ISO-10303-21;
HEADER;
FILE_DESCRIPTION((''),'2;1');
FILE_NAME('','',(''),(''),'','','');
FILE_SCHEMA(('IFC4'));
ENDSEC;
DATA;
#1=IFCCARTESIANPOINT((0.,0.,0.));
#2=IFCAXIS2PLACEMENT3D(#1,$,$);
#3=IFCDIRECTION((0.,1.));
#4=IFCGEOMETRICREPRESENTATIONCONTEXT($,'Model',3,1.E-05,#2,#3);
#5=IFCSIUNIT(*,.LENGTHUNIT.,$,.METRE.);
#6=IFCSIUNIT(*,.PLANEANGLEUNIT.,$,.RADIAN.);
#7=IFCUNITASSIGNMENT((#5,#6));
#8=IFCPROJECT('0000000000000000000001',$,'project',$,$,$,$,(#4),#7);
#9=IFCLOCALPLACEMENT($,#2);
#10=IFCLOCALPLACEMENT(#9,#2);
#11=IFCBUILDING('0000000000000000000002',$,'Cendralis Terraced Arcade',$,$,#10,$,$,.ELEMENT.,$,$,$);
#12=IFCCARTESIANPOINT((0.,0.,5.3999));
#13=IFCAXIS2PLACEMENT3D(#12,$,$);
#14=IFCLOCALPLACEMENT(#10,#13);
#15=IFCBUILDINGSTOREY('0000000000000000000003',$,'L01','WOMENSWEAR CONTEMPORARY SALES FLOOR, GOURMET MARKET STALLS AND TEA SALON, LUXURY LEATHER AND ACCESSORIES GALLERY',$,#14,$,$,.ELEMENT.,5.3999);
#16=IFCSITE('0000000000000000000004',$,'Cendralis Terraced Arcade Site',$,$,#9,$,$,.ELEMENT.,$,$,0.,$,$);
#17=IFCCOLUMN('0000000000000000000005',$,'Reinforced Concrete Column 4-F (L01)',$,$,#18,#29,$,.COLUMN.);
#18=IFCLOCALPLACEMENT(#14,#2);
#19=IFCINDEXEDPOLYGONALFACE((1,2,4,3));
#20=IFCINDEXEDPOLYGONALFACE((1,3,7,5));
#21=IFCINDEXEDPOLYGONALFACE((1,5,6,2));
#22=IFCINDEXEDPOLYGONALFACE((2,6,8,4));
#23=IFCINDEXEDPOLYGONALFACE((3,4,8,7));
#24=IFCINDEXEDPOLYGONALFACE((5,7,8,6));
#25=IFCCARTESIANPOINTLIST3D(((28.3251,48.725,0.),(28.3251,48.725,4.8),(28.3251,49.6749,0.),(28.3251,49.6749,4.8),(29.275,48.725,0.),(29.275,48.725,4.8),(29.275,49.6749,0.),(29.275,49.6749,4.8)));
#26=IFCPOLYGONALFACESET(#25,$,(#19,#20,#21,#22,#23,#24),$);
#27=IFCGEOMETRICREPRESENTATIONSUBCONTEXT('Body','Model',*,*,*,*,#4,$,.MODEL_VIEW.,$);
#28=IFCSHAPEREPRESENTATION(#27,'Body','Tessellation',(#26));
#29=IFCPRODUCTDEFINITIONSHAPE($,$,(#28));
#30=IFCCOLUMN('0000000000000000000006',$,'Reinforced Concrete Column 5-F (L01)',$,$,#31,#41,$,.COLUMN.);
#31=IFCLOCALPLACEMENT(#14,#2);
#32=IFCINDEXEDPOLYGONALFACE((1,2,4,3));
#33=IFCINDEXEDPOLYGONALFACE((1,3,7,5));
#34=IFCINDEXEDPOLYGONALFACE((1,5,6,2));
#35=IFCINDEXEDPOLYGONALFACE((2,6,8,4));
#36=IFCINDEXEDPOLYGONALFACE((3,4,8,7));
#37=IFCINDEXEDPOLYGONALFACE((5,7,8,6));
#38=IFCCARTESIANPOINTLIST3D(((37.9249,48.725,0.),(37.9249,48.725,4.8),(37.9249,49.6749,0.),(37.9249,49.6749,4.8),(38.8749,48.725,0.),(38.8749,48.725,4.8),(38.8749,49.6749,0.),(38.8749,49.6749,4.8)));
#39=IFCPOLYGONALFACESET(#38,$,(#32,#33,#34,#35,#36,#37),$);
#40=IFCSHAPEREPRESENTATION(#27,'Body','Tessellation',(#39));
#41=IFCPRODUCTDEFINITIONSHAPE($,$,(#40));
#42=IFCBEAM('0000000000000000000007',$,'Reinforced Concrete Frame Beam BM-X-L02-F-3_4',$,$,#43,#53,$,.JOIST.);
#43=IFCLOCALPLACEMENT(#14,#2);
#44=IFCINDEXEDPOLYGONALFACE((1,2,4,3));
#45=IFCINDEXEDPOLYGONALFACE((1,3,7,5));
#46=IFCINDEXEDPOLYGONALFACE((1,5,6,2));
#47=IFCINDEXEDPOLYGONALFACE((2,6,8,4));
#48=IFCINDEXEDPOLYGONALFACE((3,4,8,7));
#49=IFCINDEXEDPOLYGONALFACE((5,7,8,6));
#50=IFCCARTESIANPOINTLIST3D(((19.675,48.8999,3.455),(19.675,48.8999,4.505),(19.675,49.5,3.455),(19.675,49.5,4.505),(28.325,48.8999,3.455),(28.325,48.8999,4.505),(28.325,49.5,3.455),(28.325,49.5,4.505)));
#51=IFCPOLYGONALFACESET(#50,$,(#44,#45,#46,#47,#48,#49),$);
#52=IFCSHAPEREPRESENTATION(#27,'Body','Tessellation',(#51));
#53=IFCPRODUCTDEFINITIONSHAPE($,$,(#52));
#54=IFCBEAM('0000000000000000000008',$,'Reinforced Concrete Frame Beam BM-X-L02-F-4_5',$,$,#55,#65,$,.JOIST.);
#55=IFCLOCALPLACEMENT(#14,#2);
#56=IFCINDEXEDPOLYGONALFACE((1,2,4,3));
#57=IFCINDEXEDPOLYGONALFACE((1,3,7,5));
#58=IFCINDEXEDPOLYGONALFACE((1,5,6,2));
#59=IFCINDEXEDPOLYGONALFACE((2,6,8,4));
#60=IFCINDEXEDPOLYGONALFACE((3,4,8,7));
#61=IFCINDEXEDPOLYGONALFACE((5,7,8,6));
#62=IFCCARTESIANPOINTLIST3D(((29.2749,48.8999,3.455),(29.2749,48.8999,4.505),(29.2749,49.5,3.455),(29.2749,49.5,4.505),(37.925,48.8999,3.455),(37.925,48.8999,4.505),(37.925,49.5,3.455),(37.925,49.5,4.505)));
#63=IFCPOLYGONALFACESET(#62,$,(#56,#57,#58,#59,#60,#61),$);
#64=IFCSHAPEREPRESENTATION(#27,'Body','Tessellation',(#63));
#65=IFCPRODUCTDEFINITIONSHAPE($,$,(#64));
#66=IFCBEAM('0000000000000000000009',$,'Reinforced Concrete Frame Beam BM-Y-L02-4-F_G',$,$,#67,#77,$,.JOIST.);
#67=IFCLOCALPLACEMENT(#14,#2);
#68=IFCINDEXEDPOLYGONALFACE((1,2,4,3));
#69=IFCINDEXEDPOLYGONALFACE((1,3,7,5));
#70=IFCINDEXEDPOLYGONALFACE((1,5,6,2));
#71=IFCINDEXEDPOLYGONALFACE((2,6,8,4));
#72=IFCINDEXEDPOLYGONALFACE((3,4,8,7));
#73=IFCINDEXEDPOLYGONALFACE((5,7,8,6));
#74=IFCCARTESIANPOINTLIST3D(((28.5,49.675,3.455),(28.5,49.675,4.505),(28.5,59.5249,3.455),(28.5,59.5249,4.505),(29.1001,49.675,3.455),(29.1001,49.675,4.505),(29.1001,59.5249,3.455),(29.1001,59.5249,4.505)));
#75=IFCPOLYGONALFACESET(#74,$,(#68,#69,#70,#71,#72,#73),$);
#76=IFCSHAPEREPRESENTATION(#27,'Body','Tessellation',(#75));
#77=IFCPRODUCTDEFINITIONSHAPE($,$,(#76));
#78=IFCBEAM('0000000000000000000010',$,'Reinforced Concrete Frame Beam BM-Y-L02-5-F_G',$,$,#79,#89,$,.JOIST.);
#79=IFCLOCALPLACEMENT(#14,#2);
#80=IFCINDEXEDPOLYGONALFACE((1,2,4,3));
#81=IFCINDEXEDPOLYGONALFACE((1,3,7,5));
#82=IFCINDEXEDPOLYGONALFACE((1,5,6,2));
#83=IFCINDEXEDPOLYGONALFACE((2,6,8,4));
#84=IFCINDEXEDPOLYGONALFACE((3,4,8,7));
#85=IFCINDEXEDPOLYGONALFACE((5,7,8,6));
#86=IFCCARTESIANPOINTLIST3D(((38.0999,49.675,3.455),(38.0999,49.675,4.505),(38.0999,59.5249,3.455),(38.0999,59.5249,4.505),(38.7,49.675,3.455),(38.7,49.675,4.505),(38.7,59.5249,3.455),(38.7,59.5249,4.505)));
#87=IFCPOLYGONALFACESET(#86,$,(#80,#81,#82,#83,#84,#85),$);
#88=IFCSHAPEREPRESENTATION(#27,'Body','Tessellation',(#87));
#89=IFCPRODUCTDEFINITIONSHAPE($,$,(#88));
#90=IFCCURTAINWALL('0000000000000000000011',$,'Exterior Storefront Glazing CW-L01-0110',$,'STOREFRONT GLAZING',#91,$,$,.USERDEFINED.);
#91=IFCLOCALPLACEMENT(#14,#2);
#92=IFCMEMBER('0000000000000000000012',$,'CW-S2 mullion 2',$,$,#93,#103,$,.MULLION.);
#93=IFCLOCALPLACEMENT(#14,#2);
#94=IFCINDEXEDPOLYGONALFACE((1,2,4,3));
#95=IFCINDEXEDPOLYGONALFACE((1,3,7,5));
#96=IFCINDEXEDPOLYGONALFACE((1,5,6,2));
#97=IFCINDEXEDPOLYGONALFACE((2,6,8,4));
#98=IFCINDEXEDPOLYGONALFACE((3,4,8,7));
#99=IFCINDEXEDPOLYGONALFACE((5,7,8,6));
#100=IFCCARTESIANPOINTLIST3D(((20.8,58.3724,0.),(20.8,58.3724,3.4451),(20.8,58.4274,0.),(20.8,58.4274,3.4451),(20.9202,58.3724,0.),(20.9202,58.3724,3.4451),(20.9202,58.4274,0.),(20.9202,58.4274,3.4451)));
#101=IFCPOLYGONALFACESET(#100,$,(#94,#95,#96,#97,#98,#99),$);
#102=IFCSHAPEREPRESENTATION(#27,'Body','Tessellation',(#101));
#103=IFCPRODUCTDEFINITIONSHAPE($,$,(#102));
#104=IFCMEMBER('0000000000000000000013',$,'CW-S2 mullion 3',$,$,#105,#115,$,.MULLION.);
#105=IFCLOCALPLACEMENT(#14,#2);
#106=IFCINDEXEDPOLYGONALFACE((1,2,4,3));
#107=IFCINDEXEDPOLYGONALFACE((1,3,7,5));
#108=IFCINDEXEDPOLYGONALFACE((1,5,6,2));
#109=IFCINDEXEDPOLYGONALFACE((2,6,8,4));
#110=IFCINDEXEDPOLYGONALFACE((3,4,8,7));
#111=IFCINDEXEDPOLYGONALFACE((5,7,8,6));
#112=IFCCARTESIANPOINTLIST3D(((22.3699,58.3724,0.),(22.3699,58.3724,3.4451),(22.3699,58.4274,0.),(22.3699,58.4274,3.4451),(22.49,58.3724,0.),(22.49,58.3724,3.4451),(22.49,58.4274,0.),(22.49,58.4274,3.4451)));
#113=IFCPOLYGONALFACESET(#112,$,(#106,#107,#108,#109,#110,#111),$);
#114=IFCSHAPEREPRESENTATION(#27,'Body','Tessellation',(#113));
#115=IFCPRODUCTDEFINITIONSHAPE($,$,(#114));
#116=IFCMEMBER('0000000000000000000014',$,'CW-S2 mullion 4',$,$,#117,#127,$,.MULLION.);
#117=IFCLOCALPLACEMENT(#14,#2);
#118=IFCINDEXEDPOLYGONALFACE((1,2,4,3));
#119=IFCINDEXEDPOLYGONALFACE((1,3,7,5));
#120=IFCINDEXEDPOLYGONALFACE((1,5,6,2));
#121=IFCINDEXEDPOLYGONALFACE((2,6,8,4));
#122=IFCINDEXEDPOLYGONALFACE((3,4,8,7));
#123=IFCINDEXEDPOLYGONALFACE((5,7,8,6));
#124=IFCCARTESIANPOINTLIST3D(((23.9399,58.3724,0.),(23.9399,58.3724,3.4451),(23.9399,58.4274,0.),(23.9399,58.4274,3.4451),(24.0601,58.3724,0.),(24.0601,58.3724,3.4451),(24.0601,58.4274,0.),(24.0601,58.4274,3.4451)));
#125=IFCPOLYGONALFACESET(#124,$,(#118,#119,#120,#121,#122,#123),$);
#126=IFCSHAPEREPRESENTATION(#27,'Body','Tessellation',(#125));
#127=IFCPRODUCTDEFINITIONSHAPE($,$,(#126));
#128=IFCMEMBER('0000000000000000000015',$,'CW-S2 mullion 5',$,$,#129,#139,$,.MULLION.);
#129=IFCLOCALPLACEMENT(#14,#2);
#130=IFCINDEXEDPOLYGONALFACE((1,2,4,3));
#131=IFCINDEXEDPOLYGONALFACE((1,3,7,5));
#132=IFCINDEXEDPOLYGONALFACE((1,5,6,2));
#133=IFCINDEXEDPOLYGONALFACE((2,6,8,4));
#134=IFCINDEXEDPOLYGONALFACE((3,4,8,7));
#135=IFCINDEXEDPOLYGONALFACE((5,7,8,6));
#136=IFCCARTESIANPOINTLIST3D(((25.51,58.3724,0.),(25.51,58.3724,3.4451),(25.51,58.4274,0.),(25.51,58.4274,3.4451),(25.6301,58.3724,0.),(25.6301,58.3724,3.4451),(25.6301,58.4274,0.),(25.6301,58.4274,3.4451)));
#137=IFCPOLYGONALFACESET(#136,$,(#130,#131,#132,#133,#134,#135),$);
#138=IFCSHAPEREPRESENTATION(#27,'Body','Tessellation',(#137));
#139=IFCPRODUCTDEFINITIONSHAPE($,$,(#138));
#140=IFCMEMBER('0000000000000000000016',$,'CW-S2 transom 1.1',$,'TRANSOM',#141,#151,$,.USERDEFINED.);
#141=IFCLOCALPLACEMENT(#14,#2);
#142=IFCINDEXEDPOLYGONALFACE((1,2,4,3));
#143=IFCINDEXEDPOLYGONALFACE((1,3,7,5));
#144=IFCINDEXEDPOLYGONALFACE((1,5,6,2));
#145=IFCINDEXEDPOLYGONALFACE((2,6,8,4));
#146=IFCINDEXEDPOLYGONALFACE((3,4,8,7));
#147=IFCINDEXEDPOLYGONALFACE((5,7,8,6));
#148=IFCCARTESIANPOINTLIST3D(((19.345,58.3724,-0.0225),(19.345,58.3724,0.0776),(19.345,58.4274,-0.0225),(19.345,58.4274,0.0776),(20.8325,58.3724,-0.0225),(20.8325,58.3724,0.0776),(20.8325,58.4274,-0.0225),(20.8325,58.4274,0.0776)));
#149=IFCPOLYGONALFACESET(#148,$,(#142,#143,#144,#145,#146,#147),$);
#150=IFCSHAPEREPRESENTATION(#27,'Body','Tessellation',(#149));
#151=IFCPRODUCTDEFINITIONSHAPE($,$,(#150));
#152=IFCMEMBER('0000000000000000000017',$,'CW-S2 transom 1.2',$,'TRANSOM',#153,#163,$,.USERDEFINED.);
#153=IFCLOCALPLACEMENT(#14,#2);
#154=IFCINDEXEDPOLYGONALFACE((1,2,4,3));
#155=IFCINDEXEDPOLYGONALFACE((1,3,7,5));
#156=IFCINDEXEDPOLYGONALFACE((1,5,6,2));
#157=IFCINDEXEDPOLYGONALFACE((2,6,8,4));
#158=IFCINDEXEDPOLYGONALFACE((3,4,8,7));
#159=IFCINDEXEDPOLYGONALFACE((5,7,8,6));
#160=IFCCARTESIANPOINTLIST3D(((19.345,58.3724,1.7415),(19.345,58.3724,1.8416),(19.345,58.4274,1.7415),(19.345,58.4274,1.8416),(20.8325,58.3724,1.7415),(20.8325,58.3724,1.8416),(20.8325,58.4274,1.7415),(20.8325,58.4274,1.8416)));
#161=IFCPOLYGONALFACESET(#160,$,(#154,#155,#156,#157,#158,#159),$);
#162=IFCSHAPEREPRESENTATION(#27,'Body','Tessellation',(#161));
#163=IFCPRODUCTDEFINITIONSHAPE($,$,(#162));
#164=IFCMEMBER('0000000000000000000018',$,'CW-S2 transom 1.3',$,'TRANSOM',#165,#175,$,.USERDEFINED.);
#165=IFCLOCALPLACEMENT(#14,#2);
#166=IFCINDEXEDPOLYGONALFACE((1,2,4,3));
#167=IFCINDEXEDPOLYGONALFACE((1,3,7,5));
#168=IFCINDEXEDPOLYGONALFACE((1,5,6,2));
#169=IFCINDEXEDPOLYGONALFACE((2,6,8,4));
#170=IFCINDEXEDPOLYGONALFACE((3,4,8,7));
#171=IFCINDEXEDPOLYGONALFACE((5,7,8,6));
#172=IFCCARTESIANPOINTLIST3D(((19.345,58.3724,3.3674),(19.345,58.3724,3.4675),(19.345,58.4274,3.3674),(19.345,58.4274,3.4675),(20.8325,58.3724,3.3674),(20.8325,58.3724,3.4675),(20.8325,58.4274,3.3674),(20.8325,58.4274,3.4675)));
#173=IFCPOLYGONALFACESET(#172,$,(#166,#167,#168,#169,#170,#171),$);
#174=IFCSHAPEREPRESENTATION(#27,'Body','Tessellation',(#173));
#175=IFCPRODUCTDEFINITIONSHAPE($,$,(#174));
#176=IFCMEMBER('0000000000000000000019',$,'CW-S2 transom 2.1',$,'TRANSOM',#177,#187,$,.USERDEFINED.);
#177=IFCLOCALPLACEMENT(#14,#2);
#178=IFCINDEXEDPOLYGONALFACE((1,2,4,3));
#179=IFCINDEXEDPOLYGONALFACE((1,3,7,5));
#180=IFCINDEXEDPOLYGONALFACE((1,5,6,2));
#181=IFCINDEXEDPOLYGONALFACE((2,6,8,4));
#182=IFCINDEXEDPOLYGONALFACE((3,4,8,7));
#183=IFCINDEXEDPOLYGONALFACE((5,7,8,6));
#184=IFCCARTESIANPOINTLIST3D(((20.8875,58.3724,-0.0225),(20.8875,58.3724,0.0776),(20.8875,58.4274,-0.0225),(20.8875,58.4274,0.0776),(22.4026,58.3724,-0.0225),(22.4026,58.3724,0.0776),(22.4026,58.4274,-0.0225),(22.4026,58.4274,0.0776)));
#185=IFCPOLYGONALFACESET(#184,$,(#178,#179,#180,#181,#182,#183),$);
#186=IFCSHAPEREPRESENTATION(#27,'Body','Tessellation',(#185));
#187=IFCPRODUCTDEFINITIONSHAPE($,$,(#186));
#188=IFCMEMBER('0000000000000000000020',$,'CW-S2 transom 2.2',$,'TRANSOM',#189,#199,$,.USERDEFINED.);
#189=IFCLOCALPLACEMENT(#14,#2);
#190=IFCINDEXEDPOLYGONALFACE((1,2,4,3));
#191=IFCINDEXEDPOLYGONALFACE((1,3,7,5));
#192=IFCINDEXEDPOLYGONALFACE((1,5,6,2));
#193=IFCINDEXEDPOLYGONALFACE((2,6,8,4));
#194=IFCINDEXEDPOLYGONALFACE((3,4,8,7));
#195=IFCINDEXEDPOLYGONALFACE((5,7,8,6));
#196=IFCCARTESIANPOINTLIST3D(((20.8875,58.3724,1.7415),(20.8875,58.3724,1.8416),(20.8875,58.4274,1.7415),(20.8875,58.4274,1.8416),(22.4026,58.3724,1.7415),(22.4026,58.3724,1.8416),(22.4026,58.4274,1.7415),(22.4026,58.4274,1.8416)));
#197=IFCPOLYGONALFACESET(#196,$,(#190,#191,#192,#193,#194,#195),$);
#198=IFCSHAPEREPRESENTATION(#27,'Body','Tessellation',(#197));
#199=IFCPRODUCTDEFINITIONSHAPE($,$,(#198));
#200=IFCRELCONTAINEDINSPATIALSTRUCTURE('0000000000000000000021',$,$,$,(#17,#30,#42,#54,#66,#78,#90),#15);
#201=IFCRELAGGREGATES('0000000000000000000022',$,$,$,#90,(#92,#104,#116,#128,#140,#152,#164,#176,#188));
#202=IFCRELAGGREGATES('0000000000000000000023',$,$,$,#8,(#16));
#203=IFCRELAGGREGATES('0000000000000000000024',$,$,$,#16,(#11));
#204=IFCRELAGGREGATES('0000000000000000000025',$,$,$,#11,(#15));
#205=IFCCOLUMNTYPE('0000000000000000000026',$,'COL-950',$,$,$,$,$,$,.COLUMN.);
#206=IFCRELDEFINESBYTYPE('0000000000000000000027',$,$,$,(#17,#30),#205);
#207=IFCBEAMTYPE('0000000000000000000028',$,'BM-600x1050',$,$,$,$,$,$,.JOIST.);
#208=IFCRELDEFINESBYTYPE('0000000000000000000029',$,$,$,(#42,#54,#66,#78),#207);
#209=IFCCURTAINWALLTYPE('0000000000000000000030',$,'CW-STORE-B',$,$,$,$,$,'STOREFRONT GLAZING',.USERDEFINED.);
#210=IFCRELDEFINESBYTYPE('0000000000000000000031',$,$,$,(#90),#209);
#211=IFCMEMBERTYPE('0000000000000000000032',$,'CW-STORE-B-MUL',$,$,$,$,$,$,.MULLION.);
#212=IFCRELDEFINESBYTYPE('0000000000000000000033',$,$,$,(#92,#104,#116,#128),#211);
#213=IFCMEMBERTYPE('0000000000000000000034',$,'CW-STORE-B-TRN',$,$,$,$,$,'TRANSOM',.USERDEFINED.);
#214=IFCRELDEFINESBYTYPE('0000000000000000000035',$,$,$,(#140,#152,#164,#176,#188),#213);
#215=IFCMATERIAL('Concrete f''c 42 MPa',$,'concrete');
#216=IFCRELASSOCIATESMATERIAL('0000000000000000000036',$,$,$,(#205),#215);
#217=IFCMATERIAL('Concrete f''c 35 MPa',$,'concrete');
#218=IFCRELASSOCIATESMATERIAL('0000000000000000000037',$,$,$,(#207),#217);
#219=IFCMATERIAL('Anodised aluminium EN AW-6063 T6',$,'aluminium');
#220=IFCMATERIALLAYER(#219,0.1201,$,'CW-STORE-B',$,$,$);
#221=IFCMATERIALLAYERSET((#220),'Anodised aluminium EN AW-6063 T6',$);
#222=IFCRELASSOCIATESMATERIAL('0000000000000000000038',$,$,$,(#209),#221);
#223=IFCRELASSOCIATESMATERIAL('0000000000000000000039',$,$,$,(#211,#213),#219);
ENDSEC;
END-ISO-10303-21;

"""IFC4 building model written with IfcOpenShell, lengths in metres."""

from ifc_helpers import new_model, si_unit, direction, frame, origin, origin_2d, place, context, subcontext, project, spatial, rectangle, extrude, material, layer, layer_set, material_profile, profile_set, type_object, element, aggregate, save


model = new_model("IFC4")

# Units and contexts
model_context = context("Model", 3, precision=1e-05, world=origin(), true_north=direction((0.0, 1.0)))
body_context = subcontext(model_context, "Body", "Model", "MODEL_VIEW")
ifc_project = project(units=[si_unit("LENGTHUNIT", "METRE"), si_unit("PLANEANGLEUNIT", "RADIAN")], contexts=[model_context])

# Site, building, storey
site_placement = place(None, origin())
site = spatial("IfcSite", under=ifc_project, at=site_placement, Name="Cendralis Terraced Arcade Site", CompositionType="ELEMENT", RefElevation=0.0)
building_placement = place(site_placement, origin())
building = spatial("IfcBuilding", under=site, at=building_placement, Name="Cendralis Terraced Arcade", CompositionType="ELEMENT")
storey_placement = place(building_placement, frame((0.0, 0.0, 5.3999)))
storey = spatial("IfcBuildingStorey", under=building, at=storey_placement, Name="L01", Description="WOMENSWEAR CONTEMPORARY SALES FLOOR, GOURMET MARKET STALLS AND TEA SALON, LUXURY LEATHER AND ACCESSORIES GALLERY", CompositionType="ELEMENT", Elevation=5.3999)

# Columns
ifc_material_1 = material(Name="Concrete f'c 42 MPa", Category="concrete")
ifc_material_profile_1 = material_profile(ifc_material_1, rectangle(XDim=0.95, YDim=0.95, at=origin_2d()), Name="RC-COL-950x950", Category="LoadBearing")
ifc_profile_set_1 = profile_set([ifc_material_profile_1], Name="Concrete f'c 42 MPa")
column_type = type_object("IfcColumnType", Name="COL-950", PredefinedType="COLUMN", material=ifc_profile_set_1)
for number, where, z_axis, x_axis, name in (
    (1, (28.8, 49.2, 0.0), (0.0, 0.0, 1.0), (1.0, 0.0, 0.0), "Reinforced Concrete Column 4-F (L01)"),
    (2, (38.3999, 49.2, 0.0), (0.0, 0.0, 1.0), (1.0, 0.0, 0.0), "Reinforced Concrete Column 5-F (L01)"),
):
    element("IfcColumn", number, at=place(storey_placement, frame(where, z_axis=z_axis, x_axis=x_axis)), inside=storey, type_object=column_type, Name=name, PredefinedType="COLUMN", context=body_context, shape_type="SweptSolid", body=[
        extrude(rectangle(XDim=0.95, YDim=0.95, at=origin_2d()), origin(), (0.0, 0.0, 1.0), 4.8),
    ])

# Beams
ifc_material_2 = material(Name="Concrete f'c 35 MPa", Category="concrete")
ifc_material_profile_2 = material_profile(ifc_material_2, rectangle(XDim=0.6001, YDim=1.05, at=origin_2d()), Name="RC-BM-600x1050", Category="LoadBearing")
ifc_profile_set_2 = profile_set([ifc_material_profile_2], Name="Concrete f'c 35 MPa")
beam_type = type_object("IfcBeamType", Name="BM-600x1050", PredefinedType="JOIST", material=ifc_profile_set_2)
beam_1_placement = place(storey_placement, frame((19.675, 49.2, 3.98), z_axis=(1.0, 0.0, 0.0), x_axis=(0.0, 1.0, 0.0)))
element("IfcBeam", 3, at=beam_1_placement, inside=storey, type_object=beam_type, Name="Reinforced Concrete Frame Beam BM-X-L02-F-3_4", PredefinedType="JOIST", context=body_context, shape_type="SweptSolid", body=[
    extrude(rectangle(XDim=0.6001, YDim=1.05, at=origin_2d()), origin(), (0.0, 0.0, 1.0), 8.6499),
])
beam_2_placement = place(storey_placement, frame((29.2749, 49.2, 3.98), z_axis=(1.0, 0.0, 0.0), x_axis=(0.0, 1.0, 0.0)))
element("IfcBeam", 4, at=beam_2_placement, inside=storey, type_object=beam_type, Name="Reinforced Concrete Frame Beam BM-X-L02-F-4_5", PredefinedType="JOIST", context=body_context, shape_type="SweptSolid", body=[
    extrude(rectangle(XDim=0.6001, YDim=1.05, at=origin_2d()), origin(), (0.0, 0.0, 1.0), 8.6501),
])
for number, where, z_axis, x_axis, name in (
    (5, (28.8, 49.675, 3.98), (0.0, 1.0, 0.0), (-1.0, 0.0, 0.0), "Reinforced Concrete Frame Beam BM-Y-L02-4-F_G"),
    (6, (38.3999, 49.675, 3.98), (0.0, 1.0, 0.0), (-1.0, 0.0, 0.0), "Reinforced Concrete Frame Beam BM-Y-L02-5-F_G"),
):
    element("IfcBeam", number, at=place(storey_placement, frame(where, z_axis=z_axis, x_axis=x_axis)), inside=storey, type_object=beam_type, Name=name, PredefinedType="JOIST", context=body_context, shape_type="SweptSolid", body=[
        extrude(rectangle(XDim=0.6001, YDim=1.05, at=origin_2d()), origin(), (0.0, 0.0, 1.0), 9.8499),
    ])

# Curtain wall, members
ifc_material_3 = material(Name="Anodised aluminium EN AW-6063 T6", Category="aluminium")
ifc_layer_1 = layer(ifc_material_3, 0.1201, Name="CW-STORE-B")
ifc_layer_set_1 = layer_set([ifc_layer_1], Name="Anodised aluminium EN AW-6063 T6")
curtain_wall_type = type_object("IfcCurtainWallType", Name="CW-STORE-B", ElementType="STOREFRONT GLAZING", PredefinedType="USERDEFINED", material=ifc_layer_set_1)
curtain_wall_placement = place(storey_placement, origin())
curtain_wall = element("IfcCurtainWall", 7, at=curtain_wall_placement, inside=storey, type_object=curtain_wall_type, Name="Exterior Storefront Glazing CW-L01-0110", ObjectType="STOREFRONT GLAZING", PredefinedType="USERDEFINED")
ifc_material_profile_3 = material_profile(ifc_material_3, rectangle(XDim=0.0549, YDim=0.1201, at=origin_2d()), Name="ALU-MUL-55x120")
ifc_profile_set_3 = profile_set([ifc_material_profile_3], Name="Anodised aluminium EN AW-6063 T6")
member_type_1 = type_object("IfcMemberType", Name="CW-STORE-B-MUL", PredefinedType="MULLION", material=ifc_profile_set_3)
member_1_placement = place(storey_placement, frame((20.8601, 58.3999, 0.0), z_axis=(0.0, 0.0, 1.0), x_axis=(0.0, 1.0, 0.0)))
member_1 = element("IfcMember", 8, at=member_1_placement, type_object=member_type_1, Name="CW-S2 mullion 2", PredefinedType="MULLION", context=body_context, shape_type="SweptSolid", body=[
    extrude(rectangle(XDim=0.0549, YDim=0.1201, at=origin_2d()), origin(), (0.0, 0.0, 1.0), 3.4451),
])
member_2_placement = place(storey_placement, frame((22.4299, 58.3999, 0.0), z_axis=(0.0, 0.0, 1.0), x_axis=(0.0, 1.0, 0.0)))
member_2 = element("IfcMember", 9, at=member_2_placement, type_object=member_type_1, Name="CW-S2 mullion 3", PredefinedType="MULLION", context=body_context, shape_type="SweptSolid", body=[
    extrude(rectangle(XDim=0.0549, YDim=0.1201, at=origin_2d()), origin(), (0.0, 0.0, 1.0), 3.4451),
])
member_3_placement = place(storey_placement, frame((24.0, 58.3999, 0.0), z_axis=(0.0, 0.0, 1.0), x_axis=(0.0, 1.0, 0.0)))
member_3 = element("IfcMember", 10, at=member_3_placement, type_object=member_type_1, Name="CW-S2 mullion 4", PredefinedType="MULLION", context=body_context, shape_type="SweptSolid", body=[
    extrude(rectangle(XDim=0.0549, YDim=0.1201, at=origin_2d()), origin(), (0.0, 0.0, 1.0), 3.4451),
])
member_4_placement = place(storey_placement, frame((25.5701, 58.3999, 0.0), z_axis=(0.0, 0.0, 1.0), x_axis=(0.0, 1.0, 0.0)))
member_4 = element("IfcMember", 11, at=member_4_placement, type_object=member_type_1, Name="CW-S2 mullion 5", PredefinedType="MULLION", context=body_context, shape_type="SweptSolid", body=[
    extrude(rectangle(XDim=0.0549, YDim=0.1201, at=origin_2d()), origin(), (0.0, 0.0, 1.0), 3.4451),
])
ifc_material_profile_4 = material_profile(ifc_material_3, rectangle(XDim=0.0549, YDim=0.1001, at=origin_2d()), Name="ALU-TRN-55x100")
ifc_profile_set_4 = profile_set([ifc_material_profile_4], Name="Anodised aluminium EN AW-6063 T6")
member_type_2 = type_object("IfcMemberType", Name="CW-STORE-B-TRN", ElementType="TRANSOM", PredefinedType="USERDEFINED", material=ifc_profile_set_4)
member_5_placement = place(storey_placement, frame((19.345, 58.3999, 0.0276), z_axis=(1.0, 0.0, 0.0), x_axis=(0.0, 1.0, 0.0)))
member_5 = element("IfcMember", 12, at=member_5_placement, type_object=member_type_2, Name="CW-S2 transom 1.1", ObjectType="TRANSOM", PredefinedType="USERDEFINED", context=body_context, shape_type="SweptSolid", body=[
    extrude(rectangle(XDim=0.0549, YDim=0.1001, at=origin_2d()), origin(), (0.0, 0.0, 1.0), 1.4875),
])
member_6_placement = place(storey_placement, frame((19.345, 58.3999, 1.7915), z_axis=(1.0, 0.0, 0.0), x_axis=(0.0, 1.0, 0.0)))
member_6 = element("IfcMember", 13, at=member_6_placement, type_object=member_type_2, Name="CW-S2 transom 1.2", ObjectType="TRANSOM", PredefinedType="USERDEFINED", context=body_context, shape_type="SweptSolid", body=[
    extrude(rectangle(XDim=0.0549, YDim=0.1001, at=origin_2d()), origin(), (0.0, 0.0, 1.0), 1.4875),
])
member_7_placement = place(storey_placement, frame((19.345, 58.3999, 3.4175), z_axis=(1.0, 0.0, 0.0), x_axis=(0.0, 1.0, 0.0)))
member_7 = element("IfcMember", 14, at=member_7_placement, type_object=member_type_2, Name="CW-S2 transom 1.3", ObjectType="TRANSOM", PredefinedType="USERDEFINED", context=body_context, shape_type="SweptSolid", body=[
    extrude(rectangle(XDim=0.0549, YDim=0.1001, at=origin_2d()), origin(), (0.0, 0.0, 1.0), 1.4875),
])
member_8_placement = place(storey_placement, frame((20.8875, 58.3999, 0.0276), z_axis=(1.0, 0.0, 0.0), x_axis=(0.0, 1.0, 0.0)))
member_8 = element("IfcMember", 15, at=member_8_placement, type_object=member_type_2, Name="CW-S2 transom 2.1", ObjectType="TRANSOM", PredefinedType="USERDEFINED", context=body_context, shape_type="SweptSolid", body=[
    extrude(rectangle(XDim=0.0549, YDim=0.1001, at=origin_2d()), origin(), (0.0, 0.0, 1.0), 1.5151),
])
member_9_placement = place(storey_placement, frame((20.8875, 58.3999, 1.7915), z_axis=(1.0, 0.0, 0.0), x_axis=(0.0, 1.0, 0.0)))
member_9 = element("IfcMember", 16, at=member_9_placement, type_object=member_type_2, Name="CW-S2 transom 2.2", ObjectType="TRANSOM", PredefinedType="USERDEFINED", context=body_context, shape_type="SweptSolid", body=[
    extrude(rectangle(XDim=0.0549, YDim=0.1001, at=origin_2d()), origin(), (0.0, 0.0, 1.0), 1.5151),
])
aggregate(curtain_wall, [member_1, member_2, member_3, member_4, member_5, member_6, member_7, member_8, member_9])

save(model, "model.ifc")
